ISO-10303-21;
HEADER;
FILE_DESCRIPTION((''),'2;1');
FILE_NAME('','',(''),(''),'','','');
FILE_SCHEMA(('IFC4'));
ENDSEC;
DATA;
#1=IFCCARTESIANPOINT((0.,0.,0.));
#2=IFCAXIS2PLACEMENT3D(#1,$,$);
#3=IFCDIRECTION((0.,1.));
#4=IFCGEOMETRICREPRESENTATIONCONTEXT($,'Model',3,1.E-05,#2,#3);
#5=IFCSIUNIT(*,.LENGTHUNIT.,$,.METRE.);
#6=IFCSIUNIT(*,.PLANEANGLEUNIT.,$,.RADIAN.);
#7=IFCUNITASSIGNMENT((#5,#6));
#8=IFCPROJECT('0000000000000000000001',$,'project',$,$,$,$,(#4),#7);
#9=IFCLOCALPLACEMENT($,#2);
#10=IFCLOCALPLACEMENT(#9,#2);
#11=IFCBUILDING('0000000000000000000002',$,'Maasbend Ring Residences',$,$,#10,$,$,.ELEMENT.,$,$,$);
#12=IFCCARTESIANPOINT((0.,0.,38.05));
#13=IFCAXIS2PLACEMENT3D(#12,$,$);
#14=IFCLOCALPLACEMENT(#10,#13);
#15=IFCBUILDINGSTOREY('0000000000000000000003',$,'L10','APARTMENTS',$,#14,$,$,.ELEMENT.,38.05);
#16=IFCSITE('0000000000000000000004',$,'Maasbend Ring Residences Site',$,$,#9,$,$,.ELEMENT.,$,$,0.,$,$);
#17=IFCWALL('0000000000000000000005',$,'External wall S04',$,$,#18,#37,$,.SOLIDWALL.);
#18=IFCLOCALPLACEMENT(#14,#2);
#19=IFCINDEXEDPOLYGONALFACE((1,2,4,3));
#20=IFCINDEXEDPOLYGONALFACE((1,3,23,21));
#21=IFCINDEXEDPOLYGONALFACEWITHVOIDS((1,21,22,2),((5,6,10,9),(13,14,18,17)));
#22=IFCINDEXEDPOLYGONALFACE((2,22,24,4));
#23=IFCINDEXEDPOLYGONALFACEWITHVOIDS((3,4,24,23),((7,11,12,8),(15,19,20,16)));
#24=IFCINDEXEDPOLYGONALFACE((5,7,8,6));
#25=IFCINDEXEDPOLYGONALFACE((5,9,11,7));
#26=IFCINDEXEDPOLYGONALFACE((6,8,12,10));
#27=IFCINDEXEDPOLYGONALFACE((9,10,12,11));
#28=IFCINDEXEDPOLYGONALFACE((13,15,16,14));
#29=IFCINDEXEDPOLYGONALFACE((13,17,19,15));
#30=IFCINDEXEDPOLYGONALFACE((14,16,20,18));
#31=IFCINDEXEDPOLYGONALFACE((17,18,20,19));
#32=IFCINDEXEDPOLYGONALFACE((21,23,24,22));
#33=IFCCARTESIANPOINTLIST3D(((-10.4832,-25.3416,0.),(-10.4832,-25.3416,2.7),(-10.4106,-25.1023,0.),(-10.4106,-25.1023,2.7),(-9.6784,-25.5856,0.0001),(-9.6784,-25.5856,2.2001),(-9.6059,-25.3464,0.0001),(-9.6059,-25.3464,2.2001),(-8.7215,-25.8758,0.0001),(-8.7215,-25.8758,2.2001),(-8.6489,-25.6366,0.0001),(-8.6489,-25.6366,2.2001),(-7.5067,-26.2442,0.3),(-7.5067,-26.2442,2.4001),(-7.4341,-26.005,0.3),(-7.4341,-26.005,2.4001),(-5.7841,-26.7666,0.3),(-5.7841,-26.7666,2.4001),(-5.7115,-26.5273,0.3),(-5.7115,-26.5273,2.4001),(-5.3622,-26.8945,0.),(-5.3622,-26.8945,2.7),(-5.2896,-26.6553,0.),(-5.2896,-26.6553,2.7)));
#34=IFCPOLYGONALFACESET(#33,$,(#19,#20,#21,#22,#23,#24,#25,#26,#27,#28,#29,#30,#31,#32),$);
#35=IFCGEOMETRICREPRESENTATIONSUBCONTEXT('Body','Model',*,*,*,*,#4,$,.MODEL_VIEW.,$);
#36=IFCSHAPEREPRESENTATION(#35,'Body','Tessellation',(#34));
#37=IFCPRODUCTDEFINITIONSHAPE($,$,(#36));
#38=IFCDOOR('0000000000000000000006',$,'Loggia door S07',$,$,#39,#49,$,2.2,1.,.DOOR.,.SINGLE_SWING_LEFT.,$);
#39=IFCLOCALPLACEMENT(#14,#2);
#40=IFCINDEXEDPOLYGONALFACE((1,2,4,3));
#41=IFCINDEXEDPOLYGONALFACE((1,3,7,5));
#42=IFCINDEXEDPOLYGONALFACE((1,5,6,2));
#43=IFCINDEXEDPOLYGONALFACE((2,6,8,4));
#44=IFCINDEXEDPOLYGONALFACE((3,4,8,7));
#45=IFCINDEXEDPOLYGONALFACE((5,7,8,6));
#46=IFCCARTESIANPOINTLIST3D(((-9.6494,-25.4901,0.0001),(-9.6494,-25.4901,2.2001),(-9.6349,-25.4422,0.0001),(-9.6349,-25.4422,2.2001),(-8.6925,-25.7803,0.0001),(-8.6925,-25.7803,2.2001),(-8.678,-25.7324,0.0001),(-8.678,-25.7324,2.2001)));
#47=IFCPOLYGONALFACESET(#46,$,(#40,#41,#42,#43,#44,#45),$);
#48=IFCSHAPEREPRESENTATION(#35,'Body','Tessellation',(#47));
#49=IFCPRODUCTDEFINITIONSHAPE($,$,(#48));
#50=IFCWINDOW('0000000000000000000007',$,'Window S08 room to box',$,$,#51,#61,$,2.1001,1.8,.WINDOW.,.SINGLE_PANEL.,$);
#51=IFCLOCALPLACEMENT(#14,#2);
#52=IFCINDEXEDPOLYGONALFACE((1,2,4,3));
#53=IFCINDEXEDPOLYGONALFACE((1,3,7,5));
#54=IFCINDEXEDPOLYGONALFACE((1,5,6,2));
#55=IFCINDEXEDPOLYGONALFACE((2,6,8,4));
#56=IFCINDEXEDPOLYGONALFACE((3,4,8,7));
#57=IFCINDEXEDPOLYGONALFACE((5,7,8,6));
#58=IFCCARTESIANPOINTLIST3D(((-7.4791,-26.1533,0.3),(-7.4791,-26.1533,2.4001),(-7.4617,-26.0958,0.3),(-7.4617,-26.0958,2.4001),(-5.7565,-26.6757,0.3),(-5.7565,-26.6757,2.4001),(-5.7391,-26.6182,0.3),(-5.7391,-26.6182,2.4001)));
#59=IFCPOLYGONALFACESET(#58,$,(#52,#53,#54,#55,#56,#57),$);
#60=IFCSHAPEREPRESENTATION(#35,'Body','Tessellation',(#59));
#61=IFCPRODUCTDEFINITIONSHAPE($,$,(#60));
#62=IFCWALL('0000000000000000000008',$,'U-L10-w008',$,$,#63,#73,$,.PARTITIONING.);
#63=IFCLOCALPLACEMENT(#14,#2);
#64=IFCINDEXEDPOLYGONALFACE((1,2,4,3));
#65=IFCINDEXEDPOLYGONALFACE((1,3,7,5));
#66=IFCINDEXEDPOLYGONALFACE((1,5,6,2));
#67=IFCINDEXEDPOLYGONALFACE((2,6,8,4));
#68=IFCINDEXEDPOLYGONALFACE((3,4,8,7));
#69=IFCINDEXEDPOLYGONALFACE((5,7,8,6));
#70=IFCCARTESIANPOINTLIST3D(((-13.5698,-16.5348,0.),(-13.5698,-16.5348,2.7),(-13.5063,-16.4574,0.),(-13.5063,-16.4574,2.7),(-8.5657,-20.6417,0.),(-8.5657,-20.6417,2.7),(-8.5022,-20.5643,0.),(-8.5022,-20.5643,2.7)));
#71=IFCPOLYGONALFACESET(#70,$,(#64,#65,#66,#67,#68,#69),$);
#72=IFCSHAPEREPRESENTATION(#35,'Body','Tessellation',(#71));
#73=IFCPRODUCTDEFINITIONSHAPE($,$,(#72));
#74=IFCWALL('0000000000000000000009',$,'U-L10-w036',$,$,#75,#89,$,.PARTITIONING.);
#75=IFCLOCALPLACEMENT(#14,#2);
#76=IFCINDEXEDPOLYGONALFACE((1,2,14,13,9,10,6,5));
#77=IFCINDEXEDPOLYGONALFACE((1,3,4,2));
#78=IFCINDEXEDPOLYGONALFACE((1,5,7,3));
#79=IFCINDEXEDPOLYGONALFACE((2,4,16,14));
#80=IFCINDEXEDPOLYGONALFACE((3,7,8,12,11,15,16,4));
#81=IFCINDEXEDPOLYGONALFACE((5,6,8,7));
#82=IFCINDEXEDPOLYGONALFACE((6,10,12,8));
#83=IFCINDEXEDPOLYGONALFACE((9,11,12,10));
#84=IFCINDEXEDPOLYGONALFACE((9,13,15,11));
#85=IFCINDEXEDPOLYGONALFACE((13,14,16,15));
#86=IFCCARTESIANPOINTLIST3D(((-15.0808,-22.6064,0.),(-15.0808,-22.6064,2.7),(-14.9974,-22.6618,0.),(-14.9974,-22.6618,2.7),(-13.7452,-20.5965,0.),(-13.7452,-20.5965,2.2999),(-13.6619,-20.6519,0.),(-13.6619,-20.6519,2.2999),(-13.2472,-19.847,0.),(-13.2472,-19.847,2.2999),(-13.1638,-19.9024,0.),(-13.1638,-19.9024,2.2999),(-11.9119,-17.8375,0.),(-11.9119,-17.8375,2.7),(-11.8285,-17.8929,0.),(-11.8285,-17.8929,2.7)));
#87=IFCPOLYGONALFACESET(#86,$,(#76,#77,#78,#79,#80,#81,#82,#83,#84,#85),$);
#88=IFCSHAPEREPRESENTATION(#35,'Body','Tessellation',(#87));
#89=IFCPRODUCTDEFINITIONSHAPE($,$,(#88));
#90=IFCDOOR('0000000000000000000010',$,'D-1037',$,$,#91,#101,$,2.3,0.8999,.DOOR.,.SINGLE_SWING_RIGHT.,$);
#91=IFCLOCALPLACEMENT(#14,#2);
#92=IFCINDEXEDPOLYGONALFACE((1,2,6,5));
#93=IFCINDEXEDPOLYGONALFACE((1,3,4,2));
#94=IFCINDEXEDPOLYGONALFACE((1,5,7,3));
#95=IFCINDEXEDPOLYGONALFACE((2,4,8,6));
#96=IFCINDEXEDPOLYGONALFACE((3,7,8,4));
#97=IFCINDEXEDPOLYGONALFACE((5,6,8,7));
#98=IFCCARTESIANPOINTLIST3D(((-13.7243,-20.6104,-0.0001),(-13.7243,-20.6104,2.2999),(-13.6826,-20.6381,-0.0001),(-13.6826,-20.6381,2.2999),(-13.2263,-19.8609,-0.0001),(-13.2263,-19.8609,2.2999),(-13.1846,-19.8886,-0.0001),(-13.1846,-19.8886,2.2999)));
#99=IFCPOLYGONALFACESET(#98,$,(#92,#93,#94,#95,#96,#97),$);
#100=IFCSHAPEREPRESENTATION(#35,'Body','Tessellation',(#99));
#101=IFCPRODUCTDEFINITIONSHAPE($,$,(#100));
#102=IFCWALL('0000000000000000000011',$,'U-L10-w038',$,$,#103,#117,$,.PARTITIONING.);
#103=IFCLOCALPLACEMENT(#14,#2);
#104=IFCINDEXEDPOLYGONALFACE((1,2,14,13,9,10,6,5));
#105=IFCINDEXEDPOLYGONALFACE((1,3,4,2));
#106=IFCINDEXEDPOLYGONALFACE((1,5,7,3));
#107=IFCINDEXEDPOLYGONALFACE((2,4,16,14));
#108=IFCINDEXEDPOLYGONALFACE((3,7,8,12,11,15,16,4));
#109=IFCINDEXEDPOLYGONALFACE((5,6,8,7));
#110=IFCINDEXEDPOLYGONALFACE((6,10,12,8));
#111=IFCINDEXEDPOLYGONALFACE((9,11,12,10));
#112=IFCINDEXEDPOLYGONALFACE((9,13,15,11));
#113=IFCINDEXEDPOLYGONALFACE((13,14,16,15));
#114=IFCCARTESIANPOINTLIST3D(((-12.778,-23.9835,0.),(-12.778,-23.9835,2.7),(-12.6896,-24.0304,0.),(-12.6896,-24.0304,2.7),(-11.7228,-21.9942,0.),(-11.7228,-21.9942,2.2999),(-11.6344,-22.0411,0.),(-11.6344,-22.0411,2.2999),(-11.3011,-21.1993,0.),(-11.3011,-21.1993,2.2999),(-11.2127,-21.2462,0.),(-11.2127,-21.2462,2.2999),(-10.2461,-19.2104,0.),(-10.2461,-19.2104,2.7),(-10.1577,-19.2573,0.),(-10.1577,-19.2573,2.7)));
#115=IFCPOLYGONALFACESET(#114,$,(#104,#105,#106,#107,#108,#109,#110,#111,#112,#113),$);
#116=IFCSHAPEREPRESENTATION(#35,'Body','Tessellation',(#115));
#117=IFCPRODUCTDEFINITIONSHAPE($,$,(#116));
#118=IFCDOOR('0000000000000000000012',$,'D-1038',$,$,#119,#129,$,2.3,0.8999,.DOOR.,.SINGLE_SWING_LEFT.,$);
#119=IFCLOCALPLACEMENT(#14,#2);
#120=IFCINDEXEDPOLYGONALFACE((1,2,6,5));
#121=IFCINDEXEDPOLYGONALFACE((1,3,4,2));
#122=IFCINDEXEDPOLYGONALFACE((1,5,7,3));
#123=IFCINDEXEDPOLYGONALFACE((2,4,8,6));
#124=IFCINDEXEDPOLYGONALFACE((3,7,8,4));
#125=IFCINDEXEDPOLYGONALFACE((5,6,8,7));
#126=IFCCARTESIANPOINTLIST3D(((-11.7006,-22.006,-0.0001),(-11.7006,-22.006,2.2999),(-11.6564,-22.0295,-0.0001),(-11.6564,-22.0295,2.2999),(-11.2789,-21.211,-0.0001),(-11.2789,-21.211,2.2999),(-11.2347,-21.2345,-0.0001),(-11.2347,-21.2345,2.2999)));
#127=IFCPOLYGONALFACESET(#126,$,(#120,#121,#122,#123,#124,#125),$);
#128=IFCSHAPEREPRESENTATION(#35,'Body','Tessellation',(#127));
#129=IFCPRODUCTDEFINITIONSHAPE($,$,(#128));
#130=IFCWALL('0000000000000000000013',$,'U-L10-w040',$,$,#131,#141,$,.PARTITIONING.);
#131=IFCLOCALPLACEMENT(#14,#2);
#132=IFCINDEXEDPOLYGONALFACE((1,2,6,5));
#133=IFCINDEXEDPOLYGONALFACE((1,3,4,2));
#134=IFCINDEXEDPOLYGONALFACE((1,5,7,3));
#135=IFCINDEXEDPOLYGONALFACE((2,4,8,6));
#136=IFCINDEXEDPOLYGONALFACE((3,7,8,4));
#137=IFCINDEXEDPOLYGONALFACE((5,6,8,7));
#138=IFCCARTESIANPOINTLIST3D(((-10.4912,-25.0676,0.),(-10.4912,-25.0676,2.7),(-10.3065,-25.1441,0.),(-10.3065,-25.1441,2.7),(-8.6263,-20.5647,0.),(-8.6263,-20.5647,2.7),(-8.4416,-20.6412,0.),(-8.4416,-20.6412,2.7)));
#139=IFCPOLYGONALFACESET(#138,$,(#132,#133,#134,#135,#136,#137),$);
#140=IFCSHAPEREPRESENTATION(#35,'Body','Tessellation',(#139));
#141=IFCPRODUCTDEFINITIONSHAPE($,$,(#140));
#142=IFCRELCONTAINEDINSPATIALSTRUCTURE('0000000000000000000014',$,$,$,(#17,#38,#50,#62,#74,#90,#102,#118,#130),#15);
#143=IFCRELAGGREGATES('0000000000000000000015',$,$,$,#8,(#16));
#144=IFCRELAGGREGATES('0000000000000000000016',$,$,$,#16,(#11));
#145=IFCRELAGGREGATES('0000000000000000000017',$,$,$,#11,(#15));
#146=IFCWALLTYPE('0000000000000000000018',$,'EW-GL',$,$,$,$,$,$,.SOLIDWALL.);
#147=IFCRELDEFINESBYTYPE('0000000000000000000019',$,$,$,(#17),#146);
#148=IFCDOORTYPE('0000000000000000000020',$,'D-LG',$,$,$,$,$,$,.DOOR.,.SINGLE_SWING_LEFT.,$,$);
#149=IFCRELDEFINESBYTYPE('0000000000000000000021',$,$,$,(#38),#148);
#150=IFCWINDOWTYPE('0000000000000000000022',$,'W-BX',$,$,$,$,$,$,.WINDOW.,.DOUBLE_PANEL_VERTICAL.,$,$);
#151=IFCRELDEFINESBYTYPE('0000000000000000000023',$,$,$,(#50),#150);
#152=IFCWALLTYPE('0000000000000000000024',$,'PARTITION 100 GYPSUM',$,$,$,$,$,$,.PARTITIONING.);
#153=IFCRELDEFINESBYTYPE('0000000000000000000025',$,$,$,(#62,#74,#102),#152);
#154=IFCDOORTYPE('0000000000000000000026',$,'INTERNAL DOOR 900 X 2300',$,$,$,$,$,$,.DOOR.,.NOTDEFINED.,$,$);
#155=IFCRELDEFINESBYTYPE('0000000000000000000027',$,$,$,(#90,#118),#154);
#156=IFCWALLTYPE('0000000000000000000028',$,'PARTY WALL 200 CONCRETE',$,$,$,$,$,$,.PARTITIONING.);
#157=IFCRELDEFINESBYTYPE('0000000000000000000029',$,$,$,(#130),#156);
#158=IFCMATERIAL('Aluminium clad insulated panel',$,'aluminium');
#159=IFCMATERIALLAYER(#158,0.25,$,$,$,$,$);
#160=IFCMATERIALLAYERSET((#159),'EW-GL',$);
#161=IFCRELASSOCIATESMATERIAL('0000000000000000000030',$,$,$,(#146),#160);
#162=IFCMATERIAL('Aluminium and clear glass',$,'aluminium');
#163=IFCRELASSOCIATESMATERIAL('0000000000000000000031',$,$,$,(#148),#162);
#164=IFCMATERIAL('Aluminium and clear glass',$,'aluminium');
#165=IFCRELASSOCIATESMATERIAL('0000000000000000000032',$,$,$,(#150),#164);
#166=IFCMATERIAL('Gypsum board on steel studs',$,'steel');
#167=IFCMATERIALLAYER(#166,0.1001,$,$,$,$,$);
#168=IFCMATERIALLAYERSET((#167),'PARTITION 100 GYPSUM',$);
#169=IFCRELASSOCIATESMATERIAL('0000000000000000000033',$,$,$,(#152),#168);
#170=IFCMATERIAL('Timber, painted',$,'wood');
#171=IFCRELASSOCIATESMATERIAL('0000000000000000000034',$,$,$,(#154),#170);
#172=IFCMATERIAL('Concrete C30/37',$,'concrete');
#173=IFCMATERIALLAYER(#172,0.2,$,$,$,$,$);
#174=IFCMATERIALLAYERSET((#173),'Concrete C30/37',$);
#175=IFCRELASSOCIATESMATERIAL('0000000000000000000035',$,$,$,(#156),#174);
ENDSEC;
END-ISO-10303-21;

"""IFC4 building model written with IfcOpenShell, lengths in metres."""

from ifc_helpers import new_model, si_unit, direction, frame, frame_2d, origin, place, context, subcontext, project, spatial, rectangle, extrude, material, layer, layer_set, type_object, element, fill, save


model = new_model("IFC4")

# Units and contexts
model_context = context("Model", 3, precision=1e-05, world=origin(), true_north=direction((0.0, 1.0)))
body_context = subcontext(model_context, "Body", "Model", "MODEL_VIEW")
ifc_project = project(units=[si_unit("LENGTHUNIT", "METRE"), si_unit("PLANEANGLEUNIT", "RADIAN")], contexts=[model_context])

# Site, building, storey
site_placement = place(None, origin())
site = spatial("IfcSite", under=ifc_project, at=site_placement, Name="Maasbend Ring Residences Site", CompositionType="ELEMENT", RefElevation=0.0)
building_placement = place(site_placement, origin())
building = spatial("IfcBuilding", under=site, at=building_placement, Name="Maasbend Ring Residences", CompositionType="ELEMENT")
storey_placement = place(building_placement, frame((0.0, 0.0, 38.05)))
storey = spatial("IfcBuildingStorey", under=building, at=storey_placement, Name="L10", Description="APARTMENTS", CompositionType="ELEMENT", Elevation=38.05)

# Wall, openings, door, window
ifc_material_1 = material(Name="Aluminium clad insulated panel", Category="aluminium")
ifc_layer_1 = layer(ifc_material_1, 0.25)
ifc_layer_set_1 = layer_set([ifc_layer_1], Name="EW-GL")
wall_type_1 = type_object("IfcWallType", Name="EW-GL", PredefinedType="SOLIDWALL", material=ifc_layer_set_1)
ifc_material_2 = material(Name="Aluminium and clear glass", Category="aluminium")
door_type_1 = type_object("IfcDoorType", Name="D-LG", OperationType="SINGLE_SWING_LEFT", PredefinedType="DOOR", material=ifc_material_2)
ifc_material_3 = material(Name="Aluminium and clear glass", Category="aluminium")
window_type_1 = type_object("IfcWindowType", Name="W-BX", PartitioningType="DOUBLE_PANEL_VERTICAL", PredefinedType="WINDOW", material=ifc_material_3)
wall_1_placement = place(storey_placement, frame((-10.447, -25.2219, 0.0), z_axis=(0.0, 0.0, 1.0), x_axis=(0.956966, -0.290201, 0.0)))
wall_1 = element("IfcWall", 1, at=wall_1_placement, inside=storey, type_object=wall_type_1, Name="External wall S04", PredefinedType="SOLIDWALL", context=body_context, shape_type="SweptSolid", body=[
    extrude(rectangle(XDim=5.3513, YDim=0.25, at=frame_2d((2.6758, 0.0))), origin(), (0.0, 0.0, 1.0), 2.7),
])
opening_1_placement = place(wall_1_placement, frame((0.8411, 0.0, 0.0)))
opening_1 = element("IfcOpeningElement", 2, at=opening_1_placement, cuts=wall_1, PredefinedType="OPENING", context=body_context, shape_type="SweptSolid", body=[
    extrude(rectangle(XDim=1.0, YDim=2.2, at=frame_2d((0.5, 1.1001))), frame((0.0, 0.135, 0.0), z_axis=(0.0, -1.0, 0.0), x_axis=(1.0, 0.0, 0.0)), (0.0, 0.0, 1.0), 0.27),
])
opening_2_placement = place(wall_1_placement, frame((3.1106, 0.0, 0.3)))
opening_2 = element("IfcOpeningElement", 3, at=opening_2_placement, cuts=wall_1, PredefinedType="OPENING", context=body_context, shape_type="SweptSolid", body=[
    extrude(rectangle(XDim=1.8, YDim=2.1001, at=frame_2d((0.8999, 1.05))), frame((0.0, 0.135, 0.0), z_axis=(0.0, -1.0, 0.0), x_axis=(1.0, 0.0, 0.0)), (0.0, 0.0, 1.0), 0.27),
])
door_1_placement = place(opening_1_placement, origin())
door_1 = element("IfcDoor", 4, at=door_1_placement, inside=storey, type_object=door_type_1, Name="Loggia door S07", OperationType="SINGLE_SWING_LEFT", OverallHeight=2.2, OverallWidth=1.0, PredefinedType="DOOR", context=body_context, shape_type="SweptSolid", body=[
    extrude(rectangle(XDim=1.0, YDim=2.2, at=frame_2d((0.5, 1.1001))), frame((0.0, 0.0249, 0.0), z_axis=(0.0, -1.0, 0.0), x_axis=(1.0, 0.0, 0.0)), (0.0, 0.0, 1.0), 0.05),
])
fill(opening_1, door_1)
window_1_placement = place(opening_2_placement, origin())
window_1 = element("IfcWindow", 5, at=window_1_placement, inside=storey, type_object=window_type_1, Name="Window S08 room to box", OverallHeight=2.1001, OverallWidth=1.8, PartitioningType="SINGLE_PANEL", PredefinedType="WINDOW", context=body_context, shape_type="SweptSolid", body=[
    extrude(rectangle(XDim=1.8, YDim=2.1001, at=frame_2d((0.8999, 1.05))), frame((0.0, 0.03, 0.0), z_axis=(0.0, -1.0, 0.0), x_axis=(1.0, 0.0, 0.0)), (0.0, 0.0, 1.0), 0.0601),
])
fill(opening_2, window_1)

# Wall
ifc_material_4 = material(Name="Gypsum board on steel studs", Category="steel")
ifc_layer_2 = layer(ifc_material_4, 0.1001)
ifc_layer_set_2 = layer_set([ifc_layer_2], Name="PARTITION 100 GYPSUM")
wall_type_2 = type_object("IfcWallType", Name="PARTITION 100 GYPSUM", PredefinedType="PARTITIONING", material=ifc_layer_set_2)
wall_2_placement = place(storey_placement, frame((-13.5381, -16.4961, 0.0), z_axis=(0.0, 0.0, 1.0), x_axis=(0.773, -0.634406, 0.0)))
element("IfcWall", 6, at=wall_2_placement, inside=storey, type_object=wall_type_2, Name="U-L10-w008", PredefinedType="PARTITIONING", context=body_context, shape_type="SweptSolid", body=[
    extrude(rectangle(XDim=6.4736, YDim=0.1001, at=frame_2d((3.2368, 0.0))), origin(), (0.0, 0.0, 1.0), 2.7),
])

# Walls, openings, doors
wall_3_placement = place(storey_placement, frame((-15.0391, -22.634, 0.0), z_axis=(0.0, 0.0, 1.0), x_axis=(0.55344, 0.832889, 0.0)))
wall_3 = element("IfcWall", 7, at=wall_3_placement, inside=storey, type_object=wall_type_2, Name="U-L10-w036", PredefinedType="PARTITIONING", context=body_context, shape_type="SweptSolid", body=[
    extrude(rectangle(XDim=5.7258, YDim=0.1001, at=frame_2d((2.8628, 0.0))), origin(), (0.0, 0.0, 1.0), 2.7),
])
opening_3_placement = place(wall_3_placement, frame((2.4131, 0.0, 0.0)))
opening_3 = element("IfcOpeningElement", 8, at=opening_3_placement, cuts=wall_3, PredefinedType="OPENING", context=body_context, shape_type="SweptSolid", body=[
    extrude(rectangle(XDim=0.8999, YDim=2.3, at=frame_2d((0.45, 1.1499))), frame((0.0, 0.0601, 0.0), z_axis=(0.0, -1.0, 0.0), x_axis=(1.0, 0.0, 0.0)), (0.0, 0.0, 1.0), 0.1201),
])
ifc_material_5 = material(Name="Timber, painted", Category="wood")
door_type_2 = type_object("IfcDoorType", Name="INTERNAL DOOR 900 X 2300", OperationType="NOTDEFINED", PredefinedType="DOOR", material=ifc_material_5)
door_2_placement = place(opening_3_placement, origin())
door_2 = element("IfcDoor", 9, at=door_2_placement, inside=storey, type_object=door_type_2, Name="D-1037", OperationType="SINGLE_SWING_RIGHT", OverallHeight=2.3, OverallWidth=0.8999, PredefinedType="DOOR", context=body_context, shape_type="SweptSolid", body=[
    extrude(rectangle(XDim=0.8999, YDim=2.3, at=frame_2d((0.45, 1.1499))), frame((0.0, 0.0249, 0.0), z_axis=(0.0, -1.0, 0.0), x_axis=(1.0, 0.0, 0.0)), (0.0, 0.0, 1.0), 0.05),
])
fill(opening_3, door_2)
wall_4_placement = place(storey_placement, frame((-12.7339, -24.0071, 0.0), z_axis=(0.0, 0.0, 1.0), x_axis=(0.46861, 0.883405, 0.0)))
wall_4 = element("IfcWall", 10, at=wall_4_placement, inside=storey, type_object=wall_type_2, Name="U-L10-w038", PredefinedType="PARTITIONING", context=body_context, shape_type="SweptSolid", body=[
    extrude(rectangle(XDim=5.4031, YDim=0.1001, at=frame_2d((2.7017, 0.0))), origin(), (0.0, 0.0, 1.0), 2.7),
])
opening_4_placement = place(wall_4_placement, frame((2.252, 0.0, 0.0)))
opening_4 = element("IfcOpeningElement", 11, at=opening_4_placement, cuts=wall_4, PredefinedType="OPENING", context=body_context, shape_type="SweptSolid", body=[
    extrude(rectangle(XDim=0.8999, YDim=2.3, at=frame_2d((0.45, 1.1499))), frame((0.0, 0.0601, 0.0), z_axis=(0.0, -1.0, 0.0), x_axis=(1.0, 0.0, 0.0)), (0.0, 0.0, 1.0), 0.1201),
])
door_3_placement = place(opening_4_placement, origin())
door_3 = element("IfcDoor", 12, at=door_3_placement, inside=storey, type_object=door_type_2, Name="D-1038", OperationType="SINGLE_SWING_LEFT", OverallHeight=2.3, OverallWidth=0.8999, PredefinedType="DOOR", context=body_context, shape_type="SweptSolid", body=[
    extrude(rectangle(XDim=0.8999, YDim=2.3, at=frame_2d((0.45, 1.1499))), frame((0.0, 0.0249, 0.0), z_axis=(0.0, -1.0, 0.0), x_axis=(1.0, 0.0, 0.0)), (0.0, 0.0, 1.0), 0.05),
])
fill(opening_4, door_3)

# Wall
ifc_material_6 = material(Name="Concrete C30/37", Category="concrete")
ifc_layer_3 = layer(ifc_material_6, 0.2)
ifc_layer_set_3 = layer_set([ifc_layer_3], Name="Concrete C30/37")
wall_type_3 = type_object("IfcWallType", Name="PARTY WALL 200 CONCRETE", PredefinedType="PARTITIONING", material=ifc_layer_set_3)
wall_5_placement = place(storey_placement, frame((-10.3989, -25.106, 0.0), z_axis=(0.0, 0.0, 1.0), x_axis=(0.382651, 0.923893, 0.0)))
element("IfcWall", 13, at=wall_5_placement, inside=storey, type_object=wall_type_3, Name="U-L10-w040", PredefinedType="PARTITIONING", context=body_context, shape_type="SweptSolid", body=[
    extrude(rectangle(XDim=4.8738, YDim=0.2, at=frame_2d((2.437, 0.0))), origin(), (0.0, 0.0, 1.0), 2.7),
])

save(model, "model.ifc")
